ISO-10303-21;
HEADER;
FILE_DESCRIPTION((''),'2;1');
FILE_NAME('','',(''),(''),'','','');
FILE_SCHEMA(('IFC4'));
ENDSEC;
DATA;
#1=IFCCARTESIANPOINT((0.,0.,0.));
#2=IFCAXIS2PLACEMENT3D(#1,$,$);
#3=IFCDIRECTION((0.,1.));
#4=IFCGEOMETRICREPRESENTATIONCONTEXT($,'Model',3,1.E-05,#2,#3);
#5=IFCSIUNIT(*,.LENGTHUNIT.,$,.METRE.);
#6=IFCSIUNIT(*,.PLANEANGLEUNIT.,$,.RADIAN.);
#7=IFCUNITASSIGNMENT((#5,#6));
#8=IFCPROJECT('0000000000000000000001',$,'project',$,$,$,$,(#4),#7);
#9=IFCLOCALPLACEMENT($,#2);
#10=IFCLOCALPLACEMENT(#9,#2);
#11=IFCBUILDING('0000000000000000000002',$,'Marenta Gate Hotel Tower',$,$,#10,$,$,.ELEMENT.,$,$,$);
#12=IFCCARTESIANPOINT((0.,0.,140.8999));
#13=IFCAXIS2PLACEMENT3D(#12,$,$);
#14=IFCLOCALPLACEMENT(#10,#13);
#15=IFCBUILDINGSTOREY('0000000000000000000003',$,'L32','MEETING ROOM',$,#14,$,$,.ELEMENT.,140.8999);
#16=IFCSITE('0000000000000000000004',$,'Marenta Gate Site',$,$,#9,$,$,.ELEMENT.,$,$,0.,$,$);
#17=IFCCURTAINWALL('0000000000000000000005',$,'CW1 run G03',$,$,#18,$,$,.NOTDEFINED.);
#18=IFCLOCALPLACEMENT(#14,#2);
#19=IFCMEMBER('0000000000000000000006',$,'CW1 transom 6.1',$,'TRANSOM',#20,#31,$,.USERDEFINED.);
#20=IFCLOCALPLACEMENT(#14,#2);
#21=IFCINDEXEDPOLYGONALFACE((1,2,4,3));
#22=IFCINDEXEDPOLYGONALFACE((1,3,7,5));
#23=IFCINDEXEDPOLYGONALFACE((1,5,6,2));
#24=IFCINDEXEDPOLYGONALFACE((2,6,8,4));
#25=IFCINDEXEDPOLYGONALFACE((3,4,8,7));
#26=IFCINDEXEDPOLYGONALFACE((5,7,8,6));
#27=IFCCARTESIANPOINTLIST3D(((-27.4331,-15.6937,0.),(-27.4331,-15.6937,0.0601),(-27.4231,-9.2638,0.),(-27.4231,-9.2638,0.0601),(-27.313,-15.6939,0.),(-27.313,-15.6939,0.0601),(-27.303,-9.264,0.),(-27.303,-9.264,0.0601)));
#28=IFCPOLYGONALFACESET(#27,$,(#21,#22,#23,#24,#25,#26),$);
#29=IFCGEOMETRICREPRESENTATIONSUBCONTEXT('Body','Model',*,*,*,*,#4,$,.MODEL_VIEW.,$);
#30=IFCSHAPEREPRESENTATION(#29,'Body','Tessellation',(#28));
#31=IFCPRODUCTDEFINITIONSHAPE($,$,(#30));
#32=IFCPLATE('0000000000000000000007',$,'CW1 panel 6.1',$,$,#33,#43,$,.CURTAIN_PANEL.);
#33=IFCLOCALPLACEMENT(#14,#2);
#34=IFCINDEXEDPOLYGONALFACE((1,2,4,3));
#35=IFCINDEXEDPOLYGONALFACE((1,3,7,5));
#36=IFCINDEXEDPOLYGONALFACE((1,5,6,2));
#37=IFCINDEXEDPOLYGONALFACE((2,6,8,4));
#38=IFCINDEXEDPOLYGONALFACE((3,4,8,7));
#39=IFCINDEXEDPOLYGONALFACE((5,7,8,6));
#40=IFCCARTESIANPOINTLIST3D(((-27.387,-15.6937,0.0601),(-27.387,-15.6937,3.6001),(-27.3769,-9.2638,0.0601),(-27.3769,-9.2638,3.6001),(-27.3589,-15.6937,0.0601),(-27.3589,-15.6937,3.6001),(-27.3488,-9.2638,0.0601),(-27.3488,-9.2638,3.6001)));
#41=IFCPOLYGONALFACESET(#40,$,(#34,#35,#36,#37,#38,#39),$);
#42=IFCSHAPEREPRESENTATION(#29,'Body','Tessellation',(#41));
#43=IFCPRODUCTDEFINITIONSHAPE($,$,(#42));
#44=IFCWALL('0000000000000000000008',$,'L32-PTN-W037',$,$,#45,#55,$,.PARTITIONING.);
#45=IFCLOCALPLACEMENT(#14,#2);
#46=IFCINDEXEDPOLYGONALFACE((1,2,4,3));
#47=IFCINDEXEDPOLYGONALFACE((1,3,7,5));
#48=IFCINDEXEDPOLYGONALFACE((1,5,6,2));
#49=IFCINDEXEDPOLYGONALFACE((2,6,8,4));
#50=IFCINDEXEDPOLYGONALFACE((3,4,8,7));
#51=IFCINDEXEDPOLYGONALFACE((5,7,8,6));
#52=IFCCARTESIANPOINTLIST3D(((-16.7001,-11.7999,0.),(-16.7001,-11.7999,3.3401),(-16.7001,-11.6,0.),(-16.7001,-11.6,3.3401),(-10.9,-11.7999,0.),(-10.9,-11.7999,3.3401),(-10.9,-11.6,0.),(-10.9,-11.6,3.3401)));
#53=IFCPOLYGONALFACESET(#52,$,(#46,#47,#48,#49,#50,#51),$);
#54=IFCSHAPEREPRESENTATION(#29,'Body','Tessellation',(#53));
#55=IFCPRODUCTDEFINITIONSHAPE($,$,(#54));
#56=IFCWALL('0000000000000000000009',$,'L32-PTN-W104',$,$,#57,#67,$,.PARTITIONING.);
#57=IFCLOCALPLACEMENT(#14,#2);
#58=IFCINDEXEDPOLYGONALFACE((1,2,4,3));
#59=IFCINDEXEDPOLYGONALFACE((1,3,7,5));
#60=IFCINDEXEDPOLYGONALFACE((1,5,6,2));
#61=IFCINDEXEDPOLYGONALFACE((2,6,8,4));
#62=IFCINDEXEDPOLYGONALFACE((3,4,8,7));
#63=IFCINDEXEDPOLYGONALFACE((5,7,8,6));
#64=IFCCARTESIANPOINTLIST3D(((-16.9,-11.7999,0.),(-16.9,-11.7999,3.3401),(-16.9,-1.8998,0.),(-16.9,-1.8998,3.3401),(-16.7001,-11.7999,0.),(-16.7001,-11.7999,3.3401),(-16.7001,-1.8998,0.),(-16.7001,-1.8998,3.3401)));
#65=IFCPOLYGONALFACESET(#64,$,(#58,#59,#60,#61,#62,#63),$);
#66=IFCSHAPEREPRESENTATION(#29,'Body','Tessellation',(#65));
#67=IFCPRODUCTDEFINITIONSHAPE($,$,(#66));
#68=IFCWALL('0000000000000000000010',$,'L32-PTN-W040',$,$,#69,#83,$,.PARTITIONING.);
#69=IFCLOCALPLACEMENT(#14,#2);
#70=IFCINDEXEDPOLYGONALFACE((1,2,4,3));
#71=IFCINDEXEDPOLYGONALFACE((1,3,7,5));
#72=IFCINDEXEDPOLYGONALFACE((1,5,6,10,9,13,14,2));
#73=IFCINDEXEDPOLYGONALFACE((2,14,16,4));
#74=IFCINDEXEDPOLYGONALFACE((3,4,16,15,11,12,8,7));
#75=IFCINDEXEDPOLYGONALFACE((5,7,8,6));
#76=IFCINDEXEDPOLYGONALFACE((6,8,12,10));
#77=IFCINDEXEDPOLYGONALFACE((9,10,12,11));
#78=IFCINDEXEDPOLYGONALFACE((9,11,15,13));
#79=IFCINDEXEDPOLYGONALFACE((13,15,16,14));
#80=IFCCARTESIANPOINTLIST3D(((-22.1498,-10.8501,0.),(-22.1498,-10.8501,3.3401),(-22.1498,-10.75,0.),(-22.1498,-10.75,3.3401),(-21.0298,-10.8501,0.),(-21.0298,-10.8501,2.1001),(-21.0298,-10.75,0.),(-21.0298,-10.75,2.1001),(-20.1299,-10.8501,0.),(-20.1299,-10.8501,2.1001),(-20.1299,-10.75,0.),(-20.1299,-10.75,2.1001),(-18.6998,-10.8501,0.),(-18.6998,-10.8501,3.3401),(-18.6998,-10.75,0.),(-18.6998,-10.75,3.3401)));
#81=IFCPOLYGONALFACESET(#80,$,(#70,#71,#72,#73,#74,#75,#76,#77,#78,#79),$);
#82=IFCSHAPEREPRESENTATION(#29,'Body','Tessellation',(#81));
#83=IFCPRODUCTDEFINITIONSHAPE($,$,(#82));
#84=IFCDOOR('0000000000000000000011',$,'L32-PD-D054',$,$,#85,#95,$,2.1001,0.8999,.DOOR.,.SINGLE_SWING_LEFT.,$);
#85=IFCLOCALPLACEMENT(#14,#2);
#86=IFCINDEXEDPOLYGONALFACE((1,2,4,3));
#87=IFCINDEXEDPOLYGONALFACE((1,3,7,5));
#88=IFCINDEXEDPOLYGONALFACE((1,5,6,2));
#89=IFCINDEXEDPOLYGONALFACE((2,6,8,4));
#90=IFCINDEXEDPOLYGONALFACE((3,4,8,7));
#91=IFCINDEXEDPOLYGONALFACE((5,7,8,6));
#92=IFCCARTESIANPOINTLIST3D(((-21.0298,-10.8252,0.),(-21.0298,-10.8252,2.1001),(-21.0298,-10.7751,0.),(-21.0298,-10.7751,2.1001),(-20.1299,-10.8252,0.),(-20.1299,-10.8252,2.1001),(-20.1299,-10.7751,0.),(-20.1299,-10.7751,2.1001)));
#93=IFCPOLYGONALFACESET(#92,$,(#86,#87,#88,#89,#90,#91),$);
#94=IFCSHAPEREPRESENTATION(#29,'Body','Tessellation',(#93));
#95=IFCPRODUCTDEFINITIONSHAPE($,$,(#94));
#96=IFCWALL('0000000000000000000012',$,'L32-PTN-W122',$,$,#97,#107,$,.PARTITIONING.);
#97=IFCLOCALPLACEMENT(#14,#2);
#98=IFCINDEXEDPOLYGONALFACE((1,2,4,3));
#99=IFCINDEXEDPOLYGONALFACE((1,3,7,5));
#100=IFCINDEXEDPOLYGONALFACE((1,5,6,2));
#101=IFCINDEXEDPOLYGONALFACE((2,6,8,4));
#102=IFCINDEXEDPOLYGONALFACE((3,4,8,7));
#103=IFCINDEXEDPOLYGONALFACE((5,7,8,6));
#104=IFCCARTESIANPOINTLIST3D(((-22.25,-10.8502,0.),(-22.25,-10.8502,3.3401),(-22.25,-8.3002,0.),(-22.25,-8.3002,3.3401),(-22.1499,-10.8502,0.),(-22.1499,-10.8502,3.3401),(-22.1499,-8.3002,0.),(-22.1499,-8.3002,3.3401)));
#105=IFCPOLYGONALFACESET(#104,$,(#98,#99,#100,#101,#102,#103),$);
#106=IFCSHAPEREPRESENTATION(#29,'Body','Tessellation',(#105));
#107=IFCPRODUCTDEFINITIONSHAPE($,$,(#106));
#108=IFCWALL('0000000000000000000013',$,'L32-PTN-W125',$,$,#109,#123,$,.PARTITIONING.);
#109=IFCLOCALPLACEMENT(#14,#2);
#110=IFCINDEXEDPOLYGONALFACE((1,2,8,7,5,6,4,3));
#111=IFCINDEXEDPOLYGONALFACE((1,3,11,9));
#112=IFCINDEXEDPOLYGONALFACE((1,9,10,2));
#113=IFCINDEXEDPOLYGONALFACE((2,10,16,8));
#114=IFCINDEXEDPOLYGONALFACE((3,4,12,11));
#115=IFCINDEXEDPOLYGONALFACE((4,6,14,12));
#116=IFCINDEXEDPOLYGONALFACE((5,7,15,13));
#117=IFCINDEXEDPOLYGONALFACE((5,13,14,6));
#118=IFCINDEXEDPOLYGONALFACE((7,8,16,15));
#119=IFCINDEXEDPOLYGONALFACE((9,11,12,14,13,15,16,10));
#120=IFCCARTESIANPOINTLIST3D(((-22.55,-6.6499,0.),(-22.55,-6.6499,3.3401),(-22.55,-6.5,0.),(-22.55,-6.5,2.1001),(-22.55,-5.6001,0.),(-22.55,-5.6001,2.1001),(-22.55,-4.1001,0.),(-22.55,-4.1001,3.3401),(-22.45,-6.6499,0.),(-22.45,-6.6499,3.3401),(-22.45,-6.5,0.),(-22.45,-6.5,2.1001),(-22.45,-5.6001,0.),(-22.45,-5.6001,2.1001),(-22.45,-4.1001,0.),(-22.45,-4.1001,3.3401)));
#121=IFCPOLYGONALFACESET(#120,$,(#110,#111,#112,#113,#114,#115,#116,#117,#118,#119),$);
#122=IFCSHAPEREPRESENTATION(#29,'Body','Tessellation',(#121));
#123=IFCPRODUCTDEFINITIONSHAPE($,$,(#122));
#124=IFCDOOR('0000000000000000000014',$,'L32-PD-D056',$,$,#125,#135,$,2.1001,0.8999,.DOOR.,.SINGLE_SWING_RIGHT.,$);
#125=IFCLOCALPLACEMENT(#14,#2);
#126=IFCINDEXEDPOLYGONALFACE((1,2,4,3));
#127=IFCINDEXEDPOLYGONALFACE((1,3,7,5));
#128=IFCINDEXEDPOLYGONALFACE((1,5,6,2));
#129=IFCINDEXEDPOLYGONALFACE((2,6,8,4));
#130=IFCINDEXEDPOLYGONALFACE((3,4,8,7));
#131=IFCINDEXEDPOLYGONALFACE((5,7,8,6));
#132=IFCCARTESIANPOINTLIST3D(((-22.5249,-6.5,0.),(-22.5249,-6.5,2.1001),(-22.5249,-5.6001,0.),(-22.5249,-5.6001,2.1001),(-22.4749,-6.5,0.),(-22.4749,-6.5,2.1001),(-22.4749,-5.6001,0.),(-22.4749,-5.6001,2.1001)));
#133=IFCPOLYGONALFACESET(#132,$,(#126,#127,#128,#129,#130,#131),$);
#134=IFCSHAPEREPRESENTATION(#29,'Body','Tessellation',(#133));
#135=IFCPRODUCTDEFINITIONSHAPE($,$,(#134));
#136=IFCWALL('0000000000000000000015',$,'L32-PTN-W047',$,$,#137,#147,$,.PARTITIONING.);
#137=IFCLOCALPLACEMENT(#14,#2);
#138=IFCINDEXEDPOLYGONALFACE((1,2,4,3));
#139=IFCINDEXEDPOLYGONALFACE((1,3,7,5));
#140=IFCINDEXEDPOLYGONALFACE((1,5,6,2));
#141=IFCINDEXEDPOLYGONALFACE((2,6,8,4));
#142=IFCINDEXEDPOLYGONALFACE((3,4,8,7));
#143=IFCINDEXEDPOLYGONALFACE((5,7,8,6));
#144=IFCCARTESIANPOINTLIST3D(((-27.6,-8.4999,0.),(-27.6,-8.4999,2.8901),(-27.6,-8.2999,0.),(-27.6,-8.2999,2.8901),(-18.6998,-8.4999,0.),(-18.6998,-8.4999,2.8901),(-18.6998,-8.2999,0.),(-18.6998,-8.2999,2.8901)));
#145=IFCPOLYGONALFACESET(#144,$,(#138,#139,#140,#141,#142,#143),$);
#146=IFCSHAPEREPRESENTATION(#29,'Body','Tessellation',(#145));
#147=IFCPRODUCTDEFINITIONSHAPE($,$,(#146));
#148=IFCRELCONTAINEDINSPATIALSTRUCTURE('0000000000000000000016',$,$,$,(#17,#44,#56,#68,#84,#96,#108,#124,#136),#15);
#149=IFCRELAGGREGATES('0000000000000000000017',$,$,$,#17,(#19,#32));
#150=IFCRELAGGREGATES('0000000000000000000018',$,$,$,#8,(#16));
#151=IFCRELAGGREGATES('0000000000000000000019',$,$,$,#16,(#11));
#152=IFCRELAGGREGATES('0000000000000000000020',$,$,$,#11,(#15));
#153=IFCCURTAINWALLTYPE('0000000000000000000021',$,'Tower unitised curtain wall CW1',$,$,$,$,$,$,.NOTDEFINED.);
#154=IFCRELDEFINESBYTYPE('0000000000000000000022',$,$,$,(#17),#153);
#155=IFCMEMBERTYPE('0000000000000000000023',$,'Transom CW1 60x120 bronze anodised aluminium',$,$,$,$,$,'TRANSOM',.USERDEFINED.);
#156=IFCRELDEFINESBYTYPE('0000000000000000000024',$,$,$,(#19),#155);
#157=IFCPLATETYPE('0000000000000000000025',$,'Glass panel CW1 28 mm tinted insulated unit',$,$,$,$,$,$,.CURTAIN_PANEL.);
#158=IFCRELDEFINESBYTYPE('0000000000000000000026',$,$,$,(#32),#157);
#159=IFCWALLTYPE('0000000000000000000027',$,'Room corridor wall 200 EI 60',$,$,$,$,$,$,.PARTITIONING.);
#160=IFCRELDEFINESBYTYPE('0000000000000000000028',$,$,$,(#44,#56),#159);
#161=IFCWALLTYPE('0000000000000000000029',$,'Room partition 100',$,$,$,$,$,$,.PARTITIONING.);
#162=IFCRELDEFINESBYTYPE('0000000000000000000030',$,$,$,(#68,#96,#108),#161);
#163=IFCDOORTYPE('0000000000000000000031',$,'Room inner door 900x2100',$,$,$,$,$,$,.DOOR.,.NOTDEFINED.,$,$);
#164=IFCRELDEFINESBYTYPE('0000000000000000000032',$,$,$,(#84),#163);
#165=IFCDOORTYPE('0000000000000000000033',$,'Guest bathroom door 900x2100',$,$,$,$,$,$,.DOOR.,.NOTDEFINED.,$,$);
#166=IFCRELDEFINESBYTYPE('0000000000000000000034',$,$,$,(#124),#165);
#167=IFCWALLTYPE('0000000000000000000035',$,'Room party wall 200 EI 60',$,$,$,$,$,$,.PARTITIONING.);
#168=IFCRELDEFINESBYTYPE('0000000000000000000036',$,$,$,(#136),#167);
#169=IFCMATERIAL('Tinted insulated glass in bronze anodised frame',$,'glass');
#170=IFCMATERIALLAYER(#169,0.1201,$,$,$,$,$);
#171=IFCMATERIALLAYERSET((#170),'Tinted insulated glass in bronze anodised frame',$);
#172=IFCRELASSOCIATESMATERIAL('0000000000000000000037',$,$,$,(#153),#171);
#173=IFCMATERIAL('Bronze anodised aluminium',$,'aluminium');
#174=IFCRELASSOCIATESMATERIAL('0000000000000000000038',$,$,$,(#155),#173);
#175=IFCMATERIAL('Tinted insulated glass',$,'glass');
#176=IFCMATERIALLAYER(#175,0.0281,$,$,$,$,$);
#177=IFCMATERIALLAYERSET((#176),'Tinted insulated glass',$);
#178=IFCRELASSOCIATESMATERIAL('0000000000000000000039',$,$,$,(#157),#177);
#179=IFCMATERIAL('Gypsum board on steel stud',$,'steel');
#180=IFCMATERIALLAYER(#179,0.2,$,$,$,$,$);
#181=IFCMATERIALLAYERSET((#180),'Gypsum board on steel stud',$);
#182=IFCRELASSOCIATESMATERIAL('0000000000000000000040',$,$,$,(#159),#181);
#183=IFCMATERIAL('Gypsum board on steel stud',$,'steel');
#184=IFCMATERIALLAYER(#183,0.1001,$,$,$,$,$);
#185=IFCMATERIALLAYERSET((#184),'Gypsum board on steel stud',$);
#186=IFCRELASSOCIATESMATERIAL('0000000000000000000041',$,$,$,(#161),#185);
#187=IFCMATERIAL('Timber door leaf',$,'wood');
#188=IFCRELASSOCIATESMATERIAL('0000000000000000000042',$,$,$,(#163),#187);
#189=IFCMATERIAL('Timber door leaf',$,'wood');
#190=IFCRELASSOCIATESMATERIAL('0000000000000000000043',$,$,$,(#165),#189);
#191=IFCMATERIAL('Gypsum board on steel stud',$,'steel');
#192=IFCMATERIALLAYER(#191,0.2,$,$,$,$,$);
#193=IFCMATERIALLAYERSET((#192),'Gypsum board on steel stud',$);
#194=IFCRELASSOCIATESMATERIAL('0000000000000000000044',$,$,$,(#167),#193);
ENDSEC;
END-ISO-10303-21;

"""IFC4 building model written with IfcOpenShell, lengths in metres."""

from ifc_helpers import new_model, si_unit, direction, frame, frame_2d, origin, origin_2d, place, context, subcontext, project, spatial, rectangle, extrude, material, layer, layer_set, material_profile, profile_set, type_object, element, fill, aggregate, save


model = new_model("IFC4")

# Units and contexts
model_context = context("Model", 3, precision=1e-05, world=origin(), true_north=direction((0.0, 1.0)))
body_context = subcontext(model_context, "Body", "Model", "MODEL_VIEW")
ifc_project = project(units=[si_unit("LENGTHUNIT", "METRE"), si_unit("PLANEANGLEUNIT", "RADIAN")], contexts=[model_context])

# Site, building, storey
site_placement = place(None, origin())
site = spatial("IfcSite", under=ifc_project, at=site_placement, Name="Marenta Gate Site", CompositionType="ELEMENT", RefElevation=0.0)
building_placement = place(site_placement, origin())
building = spatial("IfcBuilding", under=site, at=building_placement, Name="Marenta Gate Hotel Tower", CompositionType="ELEMENT")
storey_placement = place(building_placement, frame((0.0, 0.0, 140.8999)))
storey = spatial("IfcBuildingStorey", under=building, at=storey_placement, Name="L32", Description="MEETING ROOM", CompositionType="ELEMENT", Elevation=140.8999)

# Curtain wall, member, plate
ifc_material_1 = material(Name="Tinted insulated glass in bronze anodised frame", Category="glass")
ifc_layer_1 = layer(ifc_material_1, 0.1201)
ifc_layer_set_1 = layer_set([ifc_layer_1], Name="Tinted insulated glass in bronze anodised frame")
curtain_wall_type = type_object("IfcCurtainWallType", Name="Tower unitised curtain wall CW1", PredefinedType="NOTDEFINED", material=ifc_layer_set_1)
curtain_wall_placement = place(storey_placement, origin())
curtain_wall = element("IfcCurtainWall", 1, at=curtain_wall_placement, inside=storey, type_object=curtain_wall_type, Name="CW1 run G03", PredefinedType="NOTDEFINED")
ifc_material_2 = material(Name="Bronze anodised aluminium", Category="aluminium")
ifc_material_profile_1 = material_profile(ifc_material_2, rectangle(XDim=0.1201, YDim=0.0601, at=origin_2d()), Name="Transom CW1 60x120 bronze anodised aluminium")
ifc_profile_set_1 = profile_set([ifc_material_profile_1], Name="Bronze anodised aluminium")
member_type_1 = type_object("IfcMemberType", Name="Transom CW1 60x120 bronze anodised aluminium", ElementType="TRANSOM", PredefinedType="USERDEFINED", material=ifc_profile_set_1)
member_1_placement = place(storey_placement, frame((-27.363, -9.2639, 0.03), z_axis=(-0.001557, -0.999999, 0.0), x_axis=(0.999999, -0.001557, 0.0)))
member_1 = element("IfcMember", 2, at=member_1_placement, type_object=member_type_1, Name="CW1 transom 6.1", ObjectType="TRANSOM", PredefinedType="USERDEFINED", context=body_context, shape_type="SweptSolid", body=[
    extrude(rectangle(XDim=0.1201, YDim=0.0601, at=origin_2d()), origin(), (0.0, 0.0, 1.0), 6.4299),
])
ifc_material_3 = material(Name="Tinted insulated glass", Category="glass")
ifc_layer_2 = layer(ifc_material_3, 0.0281)
ifc_layer_set_2 = layer_set([ifc_layer_2], Name="Tinted insulated glass")
plate_type = type_object("IfcPlateType", Name="Glass panel CW1 28 mm tinted insulated unit", PredefinedType="CURTAIN_PANEL", material=ifc_layer_set_2)
plate_placement = place(storey_placement, frame((-27.3679, -12.4788, 0.0601), z_axis=(0.0, 0.0, 1.0), x_axis=(-0.001566, -0.999999, 0.0)))
plate = element("IfcPlate", 3, at=plate_placement, type_object=plate_type, Name="CW1 panel 6.1", PredefinedType="CURTAIN_PANEL", context=body_context, shape_type="SweptSolid", body=[
    extrude(rectangle(XDim=6.4299, YDim=0.0281, at=origin_2d()), origin(), (0.0, 0.0, 1.0), 3.54),
])
aggregate(curtain_wall, [member_1, plate])

# Walls
ifc_material_4 = material(Name="Gypsum board on steel stud", Category="steel")
ifc_layer_3 = layer(ifc_material_4, 0.2)
ifc_layer_set_3 = layer_set([ifc_layer_3], Name="Gypsum board on steel stud")
wall_type_1 = type_object("IfcWallType", Name="Room corridor wall 200 EI 60", PredefinedType="PARTITIONING", material=ifc_layer_set_3)
wall_1_placement = place(storey_placement, frame((-16.7, -11.7, 0.0), z_axis=(0.0, 0.0, 1.0), x_axis=(1.0, 0.0, 0.0)))
element("IfcWall", 4, at=wall_1_placement, inside=storey, type_object=wall_type_1, Name="L32-PTN-W037", PredefinedType="PARTITIONING", context=body_context, shape_type="SweptSolid", body=[
    extrude(rectangle(XDim=5.8, YDim=0.2, at=frame_2d((2.8999, 0.0))), origin(), (0.0, 0.0, 1.0), 3.3401),
])
wall_2_placement = place(storey_placement, frame((-16.8, -11.8, 0.0), z_axis=(0.0, 0.0, 1.0), x_axis=(0.0, 1.0, 0.0)))
element("IfcWall", 5, at=wall_2_placement, inside=storey, type_object=wall_type_1, Name="L32-PTN-W104", PredefinedType="PARTITIONING", context=body_context, shape_type="SweptSolid", body=[
    extrude(rectangle(XDim=9.9001, YDim=0.2, at=frame_2d((4.9502, 0.0))), origin(), (0.0, 0.0, 1.0), 3.3401),
])

# Wall, opening, door
ifc_material_5 = material(Name="Gypsum board on steel stud", Category="steel")
ifc_layer_4 = layer(ifc_material_5, 0.1001)
ifc_layer_set_4 = layer_set([ifc_layer_4], Name="Gypsum board on steel stud")
wall_type_2 = type_object("IfcWallType", Name="Room partition 100", PredefinedType="PARTITIONING", material=ifc_layer_set_4)
wall_3_placement = place(storey_placement, frame((-22.1499, -10.8, 0.0), z_axis=(0.0, 0.0, 1.0), x_axis=(1.0, 0.0, 0.0)))
wall_3 = element("IfcWall", 6, at=wall_3_placement, inside=storey, type_object=wall_type_2, Name="L32-PTN-W040", PredefinedType="PARTITIONING", context=body_context, shape_type="SweptSolid", body=[
    extrude(rectangle(XDim=3.45, YDim=0.1001, at=frame_2d((1.7251, 0.0))), origin(), (0.0, 0.0, 1.0), 3.3401),
])
opening_1_placement = place(wall_3_placement, frame((1.1201, 0.0, 0.0)))
opening_1 = element("IfcOpeningElement", 7, at=opening_1_placement, cuts=wall_3, PredefinedType="OPENING", context=body_context, shape_type="SweptSolid", body=[
    extrude(rectangle(XDim=0.8999, YDim=2.1001, at=frame_2d((0.45, 1.05))), frame((0.0, 0.05, 0.0), z_axis=(0.0, -1.0, 0.0), x_axis=(1.0, 0.0, 0.0)), (0.0, 0.0, 1.0), 0.1001),
])
ifc_material_6 = material(Name="Timber door leaf", Category="wood")
door_type_1 = type_object("IfcDoorType", Name="Room inner door 900x2100", OperationType="NOTDEFINED", PredefinedType="DOOR", material=ifc_material_6)
door_1_placement = place(opening_1_placement, origin())
door_1 = element("IfcDoor", 8, at=door_1_placement, inside=storey, type_object=door_type_1, Name="L32-PD-D054", OperationType="SINGLE_SWING_LEFT", OverallHeight=2.1001, OverallWidth=0.8999, PredefinedType="DOOR", context=body_context, shape_type="SweptSolid", body=[
    extrude(rectangle(XDim=0.8999, YDim=2.1001, at=frame_2d((0.45, 1.05))), frame((0.0, 0.0249, 0.0), z_axis=(0.0, -1.0, 0.0), x_axis=(1.0, 0.0, 0.0)), (0.0, 0.0, 1.0), 0.05),
])
fill(opening_1, door_1)

# Wall
wall_4_placement = place(storey_placement, frame((-22.2, -10.8501, 0.0), z_axis=(0.0, 0.0, 1.0), x_axis=(0.0, 1.0, 0.0)))
element("IfcWall", 9, at=wall_4_placement, inside=storey, type_object=wall_type_2, Name="L32-PTN-W122", PredefinedType="PARTITIONING", context=body_context, shape_type="SweptSolid", body=[
    extrude(rectangle(XDim=2.55, YDim=0.1001, at=frame_2d((1.2749, 0.0))), origin(), (0.0, 0.0, 1.0), 3.3401),
])

# Wall, opening, door
wall_5_placement = place(storey_placement, frame((-22.5, -6.6499, 0.0), z_axis=(0.0, 0.0, 1.0), x_axis=(0.0, 1.0, 0.0)))
wall_5 = element("IfcWall", 10, at=wall_5_placement, inside=storey, type_object=wall_type_2, Name="L32-PTN-W125", PredefinedType="PARTITIONING", context=body_context, shape_type="SweptSolid", body=[
    extrude(rectangle(XDim=2.5498, YDim=0.1001, at=frame_2d((1.2749, 0.0))), origin(), (0.0, 0.0, 1.0), 3.3401),
])
opening_2_placement = place(wall_5_placement, frame((0.1499, 0.0, 0.0)))
opening_2 = element("IfcOpeningElement", 11, at=opening_2_placement, cuts=wall_5, PredefinedType="OPENING", context=body_context, shape_type="SweptSolid", body=[
    extrude(rectangle(XDim=0.8999, YDim=2.1001, at=frame_2d((0.45, 1.05))), frame((0.0, 0.05, 0.0), z_axis=(0.0, -1.0, 0.0), x_axis=(1.0, 0.0, 0.0)), (0.0, 0.0, 1.0), 0.1001),
])
ifc_material_7 = material(Name="Timber door leaf", Category="wood")
door_type_2 = type_object("IfcDoorType", Name="Guest bathroom door 900x2100", OperationType="NOTDEFINED", PredefinedType="DOOR", material=ifc_material_7)
door_2_placement = place(opening_2_placement, origin())
door_2 = element("IfcDoor", 12, at=door_2_placement, inside=storey, type_object=door_type_2, Name="L32-PD-D056", OperationType="SINGLE_SWING_RIGHT", OverallHeight=2.1001, OverallWidth=0.8999, PredefinedType="DOOR", context=body_context, shape_type="SweptSolid", body=[
    extrude(rectangle(XDim=0.8999, YDim=2.1001, at=frame_2d((0.45, 1.05))), frame((0.0, 0.0249, 0.0), z_axis=(0.0, -1.0, 0.0), x_axis=(1.0, 0.0, 0.0)), (0.0, 0.0, 1.0), 0.05),
])
fill(opening_2, door_2)

# Wall
ifc_material_8 = material(Name="Gypsum board on steel stud", Category="steel")
ifc_layer_5 = layer(ifc_material_8, 0.2)
ifc_layer_set_5 = layer_set([ifc_layer_5], Name="Gypsum board on steel stud")
wall_type_3 = type_object("IfcWallType", Name="Room party wall 200 EI 60", PredefinedType="PARTITIONING", material=ifc_layer_set_5)
wall_6_placement = place(storey_placement, frame((-27.6001, -8.3999, 0.0), z_axis=(0.0, 0.0, 1.0), x_axis=(1.0, 0.0, 0.0)))
element("IfcWall", 13, at=wall_6_placement, inside=storey, type_object=wall_type_3, Name="L32-PTN-W047", PredefinedType="PARTITIONING", context=body_context, shape_type="SweptSolid", body=[
    extrude(rectangle(XDim=8.9001, YDim=0.2, at=frame_2d((4.4502, 0.0))), origin(), (0.0, 0.0, 1.0), 2.8901),
])

save(model, "model.ifc")
